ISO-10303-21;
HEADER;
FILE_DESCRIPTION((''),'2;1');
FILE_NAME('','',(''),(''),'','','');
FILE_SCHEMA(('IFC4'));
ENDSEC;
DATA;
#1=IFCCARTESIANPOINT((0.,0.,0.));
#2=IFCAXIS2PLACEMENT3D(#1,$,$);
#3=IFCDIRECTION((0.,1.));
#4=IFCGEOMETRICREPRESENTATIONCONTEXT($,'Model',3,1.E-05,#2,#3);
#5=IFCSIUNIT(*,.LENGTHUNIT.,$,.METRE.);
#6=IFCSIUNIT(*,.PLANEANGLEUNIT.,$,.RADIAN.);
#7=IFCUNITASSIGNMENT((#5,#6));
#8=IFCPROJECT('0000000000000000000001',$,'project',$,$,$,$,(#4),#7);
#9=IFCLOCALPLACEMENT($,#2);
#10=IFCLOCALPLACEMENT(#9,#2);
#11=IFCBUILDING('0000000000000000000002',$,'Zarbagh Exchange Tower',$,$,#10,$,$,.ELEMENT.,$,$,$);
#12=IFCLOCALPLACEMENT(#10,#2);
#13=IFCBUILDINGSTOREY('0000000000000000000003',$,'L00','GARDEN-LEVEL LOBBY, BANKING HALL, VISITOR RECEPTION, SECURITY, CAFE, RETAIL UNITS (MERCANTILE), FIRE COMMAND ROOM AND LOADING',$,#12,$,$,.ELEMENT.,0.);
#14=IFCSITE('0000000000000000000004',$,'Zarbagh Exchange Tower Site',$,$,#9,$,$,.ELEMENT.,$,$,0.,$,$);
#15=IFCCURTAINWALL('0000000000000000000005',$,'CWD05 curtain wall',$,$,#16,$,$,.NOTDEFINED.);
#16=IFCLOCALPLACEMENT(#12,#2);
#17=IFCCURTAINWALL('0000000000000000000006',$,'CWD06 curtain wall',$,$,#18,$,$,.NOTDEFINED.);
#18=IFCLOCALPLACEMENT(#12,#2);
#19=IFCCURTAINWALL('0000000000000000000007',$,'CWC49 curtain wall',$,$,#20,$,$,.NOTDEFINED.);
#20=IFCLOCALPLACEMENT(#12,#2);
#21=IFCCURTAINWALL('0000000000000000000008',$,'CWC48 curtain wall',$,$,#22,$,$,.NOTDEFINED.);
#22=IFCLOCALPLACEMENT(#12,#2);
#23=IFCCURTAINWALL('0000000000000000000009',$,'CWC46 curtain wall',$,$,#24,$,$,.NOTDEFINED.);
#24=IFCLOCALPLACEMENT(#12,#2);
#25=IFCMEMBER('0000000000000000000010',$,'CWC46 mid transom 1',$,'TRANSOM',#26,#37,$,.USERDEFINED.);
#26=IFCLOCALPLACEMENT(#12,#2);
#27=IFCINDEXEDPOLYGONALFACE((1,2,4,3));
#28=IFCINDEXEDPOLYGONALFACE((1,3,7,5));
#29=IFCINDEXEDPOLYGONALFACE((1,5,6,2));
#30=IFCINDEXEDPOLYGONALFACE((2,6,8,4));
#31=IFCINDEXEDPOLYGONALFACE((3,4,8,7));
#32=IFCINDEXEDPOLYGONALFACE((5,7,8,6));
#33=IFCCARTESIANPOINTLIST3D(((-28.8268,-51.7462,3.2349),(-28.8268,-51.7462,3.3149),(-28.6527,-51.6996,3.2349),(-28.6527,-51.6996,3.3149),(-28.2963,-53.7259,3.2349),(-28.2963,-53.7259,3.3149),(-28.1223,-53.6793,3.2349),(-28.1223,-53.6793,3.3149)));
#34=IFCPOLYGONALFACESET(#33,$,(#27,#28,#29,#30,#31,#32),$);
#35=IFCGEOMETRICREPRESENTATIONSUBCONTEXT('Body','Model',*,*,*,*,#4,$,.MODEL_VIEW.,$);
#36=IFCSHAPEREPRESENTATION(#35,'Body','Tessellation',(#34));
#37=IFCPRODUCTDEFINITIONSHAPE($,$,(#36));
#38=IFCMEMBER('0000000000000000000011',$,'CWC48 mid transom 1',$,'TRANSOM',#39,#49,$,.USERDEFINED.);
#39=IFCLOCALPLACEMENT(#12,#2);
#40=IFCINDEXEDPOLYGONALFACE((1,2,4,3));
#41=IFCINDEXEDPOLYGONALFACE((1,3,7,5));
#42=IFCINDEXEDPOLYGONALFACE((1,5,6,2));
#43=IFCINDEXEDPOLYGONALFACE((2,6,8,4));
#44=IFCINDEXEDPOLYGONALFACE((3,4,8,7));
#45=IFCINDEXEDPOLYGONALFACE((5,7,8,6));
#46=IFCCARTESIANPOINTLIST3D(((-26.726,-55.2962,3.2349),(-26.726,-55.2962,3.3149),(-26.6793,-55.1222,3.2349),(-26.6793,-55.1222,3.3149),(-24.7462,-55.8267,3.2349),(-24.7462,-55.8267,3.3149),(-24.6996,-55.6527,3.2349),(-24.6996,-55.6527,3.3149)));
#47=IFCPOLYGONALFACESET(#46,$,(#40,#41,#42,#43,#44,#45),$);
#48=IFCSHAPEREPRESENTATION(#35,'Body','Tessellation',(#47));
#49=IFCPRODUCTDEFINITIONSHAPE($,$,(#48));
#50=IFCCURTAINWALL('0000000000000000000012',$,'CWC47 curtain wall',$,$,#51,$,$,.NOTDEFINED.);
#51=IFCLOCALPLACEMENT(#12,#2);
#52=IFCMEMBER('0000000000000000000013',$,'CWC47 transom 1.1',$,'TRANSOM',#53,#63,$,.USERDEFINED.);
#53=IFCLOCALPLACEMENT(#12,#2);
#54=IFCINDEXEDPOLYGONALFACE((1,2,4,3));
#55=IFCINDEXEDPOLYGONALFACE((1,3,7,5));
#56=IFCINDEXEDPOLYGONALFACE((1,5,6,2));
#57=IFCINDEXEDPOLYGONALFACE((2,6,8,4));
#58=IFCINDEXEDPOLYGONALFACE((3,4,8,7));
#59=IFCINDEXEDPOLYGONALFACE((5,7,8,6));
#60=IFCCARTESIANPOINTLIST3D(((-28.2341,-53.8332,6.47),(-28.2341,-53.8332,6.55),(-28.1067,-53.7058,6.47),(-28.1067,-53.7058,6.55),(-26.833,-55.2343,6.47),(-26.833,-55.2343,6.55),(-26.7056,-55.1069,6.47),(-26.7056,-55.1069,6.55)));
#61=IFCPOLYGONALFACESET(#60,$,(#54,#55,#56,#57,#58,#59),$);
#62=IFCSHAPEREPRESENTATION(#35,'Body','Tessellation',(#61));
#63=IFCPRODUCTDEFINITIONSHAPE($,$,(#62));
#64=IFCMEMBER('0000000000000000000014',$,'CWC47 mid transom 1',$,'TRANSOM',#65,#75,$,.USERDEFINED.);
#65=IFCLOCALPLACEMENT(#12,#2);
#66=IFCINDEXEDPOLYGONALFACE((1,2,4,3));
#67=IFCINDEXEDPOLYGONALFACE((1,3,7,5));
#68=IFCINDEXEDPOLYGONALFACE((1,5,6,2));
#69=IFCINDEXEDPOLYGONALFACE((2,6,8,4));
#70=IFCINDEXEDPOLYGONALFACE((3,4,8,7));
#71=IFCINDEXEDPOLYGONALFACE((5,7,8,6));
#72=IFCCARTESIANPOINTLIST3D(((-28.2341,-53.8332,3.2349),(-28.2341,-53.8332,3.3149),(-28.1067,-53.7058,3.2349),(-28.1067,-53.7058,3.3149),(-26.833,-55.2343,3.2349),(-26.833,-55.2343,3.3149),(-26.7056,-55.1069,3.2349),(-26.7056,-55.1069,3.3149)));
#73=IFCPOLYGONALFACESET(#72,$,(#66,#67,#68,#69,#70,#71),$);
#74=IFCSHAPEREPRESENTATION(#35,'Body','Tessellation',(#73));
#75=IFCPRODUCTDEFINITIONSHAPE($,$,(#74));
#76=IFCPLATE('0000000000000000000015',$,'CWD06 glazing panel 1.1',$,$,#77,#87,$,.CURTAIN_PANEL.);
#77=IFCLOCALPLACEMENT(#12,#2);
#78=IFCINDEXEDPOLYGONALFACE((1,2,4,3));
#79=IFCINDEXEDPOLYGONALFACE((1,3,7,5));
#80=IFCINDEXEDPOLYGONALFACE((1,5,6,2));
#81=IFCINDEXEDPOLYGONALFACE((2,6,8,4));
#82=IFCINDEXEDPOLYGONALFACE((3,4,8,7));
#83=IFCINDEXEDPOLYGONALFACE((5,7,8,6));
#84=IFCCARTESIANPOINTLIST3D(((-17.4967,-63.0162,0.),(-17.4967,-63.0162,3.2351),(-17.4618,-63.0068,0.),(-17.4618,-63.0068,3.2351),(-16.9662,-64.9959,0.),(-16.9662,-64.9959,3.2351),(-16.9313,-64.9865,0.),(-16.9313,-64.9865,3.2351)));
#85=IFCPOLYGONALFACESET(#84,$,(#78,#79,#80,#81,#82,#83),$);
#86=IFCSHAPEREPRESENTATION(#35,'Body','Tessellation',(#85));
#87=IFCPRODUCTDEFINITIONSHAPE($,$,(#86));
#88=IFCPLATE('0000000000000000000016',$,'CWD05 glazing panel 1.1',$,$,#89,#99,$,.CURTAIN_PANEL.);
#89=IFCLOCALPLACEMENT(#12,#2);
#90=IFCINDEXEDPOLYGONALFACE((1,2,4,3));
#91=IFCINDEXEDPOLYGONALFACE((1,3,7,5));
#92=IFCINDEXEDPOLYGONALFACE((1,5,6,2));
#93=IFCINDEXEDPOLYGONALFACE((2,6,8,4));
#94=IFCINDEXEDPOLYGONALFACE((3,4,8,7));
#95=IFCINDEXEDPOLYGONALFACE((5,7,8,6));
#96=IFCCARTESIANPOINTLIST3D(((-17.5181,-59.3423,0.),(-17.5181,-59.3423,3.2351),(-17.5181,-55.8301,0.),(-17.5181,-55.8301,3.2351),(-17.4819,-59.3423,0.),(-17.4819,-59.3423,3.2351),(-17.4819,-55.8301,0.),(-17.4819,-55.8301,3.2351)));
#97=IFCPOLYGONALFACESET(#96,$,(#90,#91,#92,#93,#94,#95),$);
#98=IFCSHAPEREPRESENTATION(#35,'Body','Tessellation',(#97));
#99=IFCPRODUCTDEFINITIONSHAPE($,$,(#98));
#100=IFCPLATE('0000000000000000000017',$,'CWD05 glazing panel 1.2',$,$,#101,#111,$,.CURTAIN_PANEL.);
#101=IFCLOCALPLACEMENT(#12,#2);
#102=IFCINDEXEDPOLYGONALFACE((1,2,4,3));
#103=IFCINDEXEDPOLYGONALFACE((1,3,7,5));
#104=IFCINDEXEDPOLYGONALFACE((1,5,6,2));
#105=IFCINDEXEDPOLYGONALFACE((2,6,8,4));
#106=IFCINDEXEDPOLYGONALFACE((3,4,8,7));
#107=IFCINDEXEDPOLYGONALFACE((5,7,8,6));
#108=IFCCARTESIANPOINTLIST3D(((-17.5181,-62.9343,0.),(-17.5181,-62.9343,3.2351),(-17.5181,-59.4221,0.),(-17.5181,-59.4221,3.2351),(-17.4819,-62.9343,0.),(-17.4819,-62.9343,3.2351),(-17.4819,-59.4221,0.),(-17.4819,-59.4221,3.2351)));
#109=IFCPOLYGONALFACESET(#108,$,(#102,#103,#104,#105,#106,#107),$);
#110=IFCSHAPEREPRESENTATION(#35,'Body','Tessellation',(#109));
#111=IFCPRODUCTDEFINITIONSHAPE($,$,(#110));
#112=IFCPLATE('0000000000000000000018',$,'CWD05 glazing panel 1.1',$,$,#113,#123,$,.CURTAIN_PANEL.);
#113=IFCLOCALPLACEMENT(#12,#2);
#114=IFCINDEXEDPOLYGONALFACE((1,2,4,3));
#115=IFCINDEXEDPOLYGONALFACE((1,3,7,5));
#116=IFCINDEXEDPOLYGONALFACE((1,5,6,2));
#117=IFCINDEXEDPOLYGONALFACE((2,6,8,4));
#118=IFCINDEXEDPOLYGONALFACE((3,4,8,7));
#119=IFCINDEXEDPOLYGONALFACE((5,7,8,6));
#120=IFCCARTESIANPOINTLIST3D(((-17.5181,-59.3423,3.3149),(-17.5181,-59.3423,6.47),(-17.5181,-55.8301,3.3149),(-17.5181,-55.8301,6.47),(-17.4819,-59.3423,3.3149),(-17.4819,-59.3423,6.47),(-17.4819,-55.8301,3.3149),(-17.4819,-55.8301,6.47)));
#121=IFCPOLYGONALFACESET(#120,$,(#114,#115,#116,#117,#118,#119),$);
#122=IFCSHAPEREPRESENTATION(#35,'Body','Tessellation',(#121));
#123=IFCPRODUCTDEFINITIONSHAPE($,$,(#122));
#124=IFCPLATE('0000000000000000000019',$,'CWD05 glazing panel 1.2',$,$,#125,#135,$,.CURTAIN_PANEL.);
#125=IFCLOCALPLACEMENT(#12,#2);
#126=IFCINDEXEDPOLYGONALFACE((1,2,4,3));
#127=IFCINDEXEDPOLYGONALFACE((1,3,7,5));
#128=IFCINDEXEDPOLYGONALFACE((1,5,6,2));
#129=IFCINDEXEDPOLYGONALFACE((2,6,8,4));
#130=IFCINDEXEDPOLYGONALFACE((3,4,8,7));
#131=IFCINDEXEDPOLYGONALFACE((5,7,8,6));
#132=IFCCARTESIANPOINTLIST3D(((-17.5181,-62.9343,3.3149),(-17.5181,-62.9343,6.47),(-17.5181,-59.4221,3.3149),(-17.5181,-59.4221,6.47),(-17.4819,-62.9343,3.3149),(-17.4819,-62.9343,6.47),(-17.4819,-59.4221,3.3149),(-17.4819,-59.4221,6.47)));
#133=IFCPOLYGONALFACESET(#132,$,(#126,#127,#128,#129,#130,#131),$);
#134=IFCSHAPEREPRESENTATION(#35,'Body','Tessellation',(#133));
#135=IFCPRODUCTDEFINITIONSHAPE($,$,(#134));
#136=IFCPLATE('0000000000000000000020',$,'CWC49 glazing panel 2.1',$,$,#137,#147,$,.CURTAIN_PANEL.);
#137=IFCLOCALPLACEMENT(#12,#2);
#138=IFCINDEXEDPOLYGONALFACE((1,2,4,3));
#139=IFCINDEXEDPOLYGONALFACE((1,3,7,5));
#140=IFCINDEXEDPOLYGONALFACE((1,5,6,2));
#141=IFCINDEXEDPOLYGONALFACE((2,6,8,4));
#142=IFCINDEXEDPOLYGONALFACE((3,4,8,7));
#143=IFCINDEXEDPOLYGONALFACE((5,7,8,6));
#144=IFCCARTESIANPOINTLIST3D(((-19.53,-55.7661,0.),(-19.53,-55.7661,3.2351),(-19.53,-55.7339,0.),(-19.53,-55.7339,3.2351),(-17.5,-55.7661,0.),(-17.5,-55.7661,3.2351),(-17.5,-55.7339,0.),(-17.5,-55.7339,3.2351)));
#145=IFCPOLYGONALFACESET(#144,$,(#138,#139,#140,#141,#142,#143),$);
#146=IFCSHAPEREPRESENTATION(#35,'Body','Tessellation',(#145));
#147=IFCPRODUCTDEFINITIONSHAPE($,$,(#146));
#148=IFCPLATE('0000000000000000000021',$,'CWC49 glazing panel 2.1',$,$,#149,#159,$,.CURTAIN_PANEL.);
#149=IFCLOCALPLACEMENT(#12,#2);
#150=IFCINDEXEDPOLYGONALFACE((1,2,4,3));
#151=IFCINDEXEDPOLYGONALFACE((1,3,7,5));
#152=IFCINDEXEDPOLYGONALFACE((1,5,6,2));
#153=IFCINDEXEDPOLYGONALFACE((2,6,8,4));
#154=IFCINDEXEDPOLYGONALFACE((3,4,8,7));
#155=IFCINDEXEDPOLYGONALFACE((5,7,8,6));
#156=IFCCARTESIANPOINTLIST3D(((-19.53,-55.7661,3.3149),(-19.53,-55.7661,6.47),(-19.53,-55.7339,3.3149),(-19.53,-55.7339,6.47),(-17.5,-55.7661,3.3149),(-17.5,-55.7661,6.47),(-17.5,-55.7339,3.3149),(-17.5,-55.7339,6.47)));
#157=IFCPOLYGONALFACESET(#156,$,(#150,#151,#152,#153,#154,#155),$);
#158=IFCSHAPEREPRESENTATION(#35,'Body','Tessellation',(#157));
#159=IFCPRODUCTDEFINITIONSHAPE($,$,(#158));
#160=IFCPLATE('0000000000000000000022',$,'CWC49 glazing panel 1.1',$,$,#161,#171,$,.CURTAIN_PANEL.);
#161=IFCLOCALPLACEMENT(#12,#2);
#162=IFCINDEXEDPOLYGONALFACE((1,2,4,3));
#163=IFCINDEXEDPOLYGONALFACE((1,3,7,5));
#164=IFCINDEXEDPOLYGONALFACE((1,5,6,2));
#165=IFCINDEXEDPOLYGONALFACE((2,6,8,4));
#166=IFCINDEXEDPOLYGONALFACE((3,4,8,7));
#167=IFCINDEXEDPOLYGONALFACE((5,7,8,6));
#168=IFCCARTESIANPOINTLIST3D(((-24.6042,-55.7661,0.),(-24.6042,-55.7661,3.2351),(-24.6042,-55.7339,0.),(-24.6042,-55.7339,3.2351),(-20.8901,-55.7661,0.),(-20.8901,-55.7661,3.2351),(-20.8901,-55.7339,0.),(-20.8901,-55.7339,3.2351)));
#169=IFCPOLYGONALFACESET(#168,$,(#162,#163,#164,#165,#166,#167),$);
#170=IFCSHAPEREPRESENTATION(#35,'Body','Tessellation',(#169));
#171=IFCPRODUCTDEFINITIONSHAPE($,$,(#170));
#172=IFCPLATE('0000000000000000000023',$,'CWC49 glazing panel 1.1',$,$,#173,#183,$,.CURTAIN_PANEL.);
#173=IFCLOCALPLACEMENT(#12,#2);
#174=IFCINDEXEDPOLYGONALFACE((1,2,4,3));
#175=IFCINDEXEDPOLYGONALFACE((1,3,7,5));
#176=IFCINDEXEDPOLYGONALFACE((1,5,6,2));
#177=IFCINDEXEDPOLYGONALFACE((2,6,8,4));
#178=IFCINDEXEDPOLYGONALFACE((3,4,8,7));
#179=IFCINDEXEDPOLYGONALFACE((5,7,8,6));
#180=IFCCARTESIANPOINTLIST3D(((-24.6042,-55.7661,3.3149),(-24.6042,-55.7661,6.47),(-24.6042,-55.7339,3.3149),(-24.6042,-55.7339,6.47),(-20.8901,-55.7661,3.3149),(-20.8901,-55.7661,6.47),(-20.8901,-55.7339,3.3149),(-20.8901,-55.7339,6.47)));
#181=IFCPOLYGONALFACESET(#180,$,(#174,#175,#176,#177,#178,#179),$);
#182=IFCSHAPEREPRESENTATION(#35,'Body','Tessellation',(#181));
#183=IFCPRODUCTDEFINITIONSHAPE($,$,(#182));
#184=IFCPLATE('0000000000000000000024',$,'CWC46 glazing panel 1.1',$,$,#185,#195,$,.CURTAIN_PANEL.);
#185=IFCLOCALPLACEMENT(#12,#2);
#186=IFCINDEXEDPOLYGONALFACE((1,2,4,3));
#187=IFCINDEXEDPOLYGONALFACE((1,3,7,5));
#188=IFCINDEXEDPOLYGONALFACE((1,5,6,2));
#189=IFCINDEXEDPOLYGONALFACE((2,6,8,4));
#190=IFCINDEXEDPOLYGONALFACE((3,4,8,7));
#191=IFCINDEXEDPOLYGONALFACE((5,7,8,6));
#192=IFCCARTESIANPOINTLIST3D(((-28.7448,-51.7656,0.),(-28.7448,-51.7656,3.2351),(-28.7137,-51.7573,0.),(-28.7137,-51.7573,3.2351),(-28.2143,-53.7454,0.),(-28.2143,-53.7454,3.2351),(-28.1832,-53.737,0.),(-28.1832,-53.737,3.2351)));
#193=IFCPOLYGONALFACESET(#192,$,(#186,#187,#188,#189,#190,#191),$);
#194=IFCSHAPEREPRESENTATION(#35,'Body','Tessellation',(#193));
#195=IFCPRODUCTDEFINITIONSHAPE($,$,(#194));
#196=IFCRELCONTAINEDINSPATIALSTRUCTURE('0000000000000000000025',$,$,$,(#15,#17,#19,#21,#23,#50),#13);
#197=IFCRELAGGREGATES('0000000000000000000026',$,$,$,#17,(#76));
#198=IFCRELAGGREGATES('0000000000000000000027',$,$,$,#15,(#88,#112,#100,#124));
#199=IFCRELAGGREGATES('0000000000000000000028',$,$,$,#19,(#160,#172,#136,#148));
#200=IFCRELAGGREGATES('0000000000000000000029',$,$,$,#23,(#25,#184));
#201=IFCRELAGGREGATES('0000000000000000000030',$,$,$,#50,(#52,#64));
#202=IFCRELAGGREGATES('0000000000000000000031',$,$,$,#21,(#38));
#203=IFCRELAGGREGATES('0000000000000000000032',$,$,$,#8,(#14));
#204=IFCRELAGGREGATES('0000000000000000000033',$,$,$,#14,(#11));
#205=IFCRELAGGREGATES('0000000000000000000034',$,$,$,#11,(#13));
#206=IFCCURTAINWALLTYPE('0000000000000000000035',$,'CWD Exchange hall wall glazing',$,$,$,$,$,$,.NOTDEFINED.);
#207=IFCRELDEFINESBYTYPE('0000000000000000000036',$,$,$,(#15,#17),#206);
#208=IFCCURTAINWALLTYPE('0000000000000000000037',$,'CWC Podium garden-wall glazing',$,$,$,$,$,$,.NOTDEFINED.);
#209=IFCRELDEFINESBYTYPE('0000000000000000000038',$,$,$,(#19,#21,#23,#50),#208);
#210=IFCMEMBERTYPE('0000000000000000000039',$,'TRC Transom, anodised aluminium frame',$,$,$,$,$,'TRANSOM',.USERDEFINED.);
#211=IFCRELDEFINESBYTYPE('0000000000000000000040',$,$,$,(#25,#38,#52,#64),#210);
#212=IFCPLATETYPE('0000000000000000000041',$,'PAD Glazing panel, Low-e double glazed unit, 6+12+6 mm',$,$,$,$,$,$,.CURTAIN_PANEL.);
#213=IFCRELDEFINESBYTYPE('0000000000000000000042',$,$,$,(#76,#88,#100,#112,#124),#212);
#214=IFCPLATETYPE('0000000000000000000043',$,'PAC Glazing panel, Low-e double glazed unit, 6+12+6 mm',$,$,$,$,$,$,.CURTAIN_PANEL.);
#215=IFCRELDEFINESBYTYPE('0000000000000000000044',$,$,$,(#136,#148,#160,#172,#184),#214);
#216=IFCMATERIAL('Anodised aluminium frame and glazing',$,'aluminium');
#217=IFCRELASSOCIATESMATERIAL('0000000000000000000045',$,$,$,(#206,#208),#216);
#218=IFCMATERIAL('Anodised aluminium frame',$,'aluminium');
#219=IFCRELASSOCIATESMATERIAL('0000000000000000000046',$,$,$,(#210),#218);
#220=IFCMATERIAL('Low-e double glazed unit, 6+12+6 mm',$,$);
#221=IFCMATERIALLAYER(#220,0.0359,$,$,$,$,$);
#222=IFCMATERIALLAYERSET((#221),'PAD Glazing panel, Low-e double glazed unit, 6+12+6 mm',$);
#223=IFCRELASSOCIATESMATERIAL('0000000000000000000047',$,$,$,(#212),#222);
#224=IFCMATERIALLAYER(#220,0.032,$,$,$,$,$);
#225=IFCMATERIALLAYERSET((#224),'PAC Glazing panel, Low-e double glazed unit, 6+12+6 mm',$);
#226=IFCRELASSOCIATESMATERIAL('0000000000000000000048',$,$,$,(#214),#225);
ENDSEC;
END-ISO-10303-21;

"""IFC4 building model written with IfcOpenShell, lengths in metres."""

from ifc_helpers import new_model, si_unit, direction, origin, place, context, subcontext, project, spatial, polyline, outline, extrude, source, transform, mapped, material, layer, layer_set, type_object, element, aggregate, save


model = new_model("IFC4")

# Units and contexts
model_context = context("Model", 3, precision=1e-05, world=origin(), true_north=direction((0.0, 1.0)))
body_context = subcontext(model_context, "Body", "Model", "MODEL_VIEW")
ifc_project = project(units=[si_unit("LENGTHUNIT", "METRE"), si_unit("PLANEANGLEUNIT", "RADIAN")], contexts=[model_context])

# Site, building, storey
site_placement = place(None, origin())
site = spatial("IfcSite", under=ifc_project, at=site_placement, Name="Zarbagh Exchange Tower Site", CompositionType="ELEMENT", RefElevation=0.0)
building_placement = place(site_placement, origin())
building = spatial("IfcBuilding", under=site, at=building_placement, Name="Zarbagh Exchange Tower", CompositionType="ELEMENT")
storey_placement = place(building_placement, origin())
storey = spatial("IfcBuildingStorey", under=building, at=storey_placement, Name="L00", Description="GARDEN-LEVEL LOBBY, BANKING HALL, VISITOR RECEPTION, SECURITY, CAFE, RETAIL UNITS (MERCANTILE), FIRE COMMAND ROOM AND LOADING", CompositionType="ELEMENT", Elevation=0.0)

# Curtain walls
ifc_material_1 = material(Name="Anodised aluminium frame and glazing", Category="aluminium")
curtain_wall_type_1 = type_object("IfcCurtainWallType", Name="CWD Exchange hall wall glazing", PredefinedType="NOTDEFINED", material=ifc_material_1)
curtain_wall_1_placement = place(storey_placement, origin())
curtain_wall_1 = element("IfcCurtainWall", 1, at=curtain_wall_1_placement, inside=storey, type_object=curtain_wall_type_1, Name="CWD05 curtain wall", PredefinedType="NOTDEFINED")
ifc_material_2 = material(Name="Anodised aluminium frame", Category="aluminium")
placement = place(storey_placement, origin())
curtain_wall_2_placement = place(storey_placement, origin())
curtain_wall_2 = element("IfcCurtainWall", 2, at=curtain_wall_2_placement, inside=storey, type_object=curtain_wall_type_1, Name="CWD06 curtain wall", PredefinedType="NOTDEFINED")

# Curtain wall
curtain_wall_type_2 = type_object("IfcCurtainWallType", Name="CWC Podium garden-wall glazing", PredefinedType="NOTDEFINED", material=ifc_material_1)
curtain_wall_3_placement = place(storey_placement, origin())
curtain_wall_3 = element("IfcCurtainWall", 3, at=curtain_wall_3_placement, inside=storey, type_object=curtain_wall_type_2, Name="CWC49 curtain wall", PredefinedType="NOTDEFINED")
member_type_1 = type_object("IfcMemberType", Name="TRC Transom, anodised aluminium frame", ElementType="TRANSOM", PredefinedType="USERDEFINED", material=ifc_material_2)

# Curtain walls, member
curtain_wall_4_placement = place(storey_placement, origin())
curtain_wall_4 = element("IfcCurtainWall", 4, at=curtain_wall_4_placement, inside=storey, type_object=curtain_wall_type_2, Name="CWC48 curtain wall", PredefinedType="NOTDEFINED")
curtain_wall_5_placement = place(storey_placement, origin())
curtain_wall_5 = element("IfcCurtainWall", 5, at=curtain_wall_5_placement, inside=storey, type_object=curtain_wall_type_2, Name="CWC46 curtain wall", PredefinedType="NOTDEFINED")
shared_shape_1 = source(origin(), body_context, "Body", "SweptSolid", [
    extrude(outline(polyline([(-0.04, -0.0901), (0.04, -0.0901), (0.04, 0.0901), (-0.04, 0.0901), (-0.04, -0.0901)])), origin(), (0.0, 0.0, 1.0), 2.0496),
])
member_1 = element("IfcMember", 6, at=placement, type_object=member_type_1, Name="CWC46 mid transom 1", ObjectType="TRANSOM", PredefinedType="USERDEFINED", context=body_context, shape_type="MappedRepresentation", body=[
    mapped(shared_shape_1, transform((-28.7397, -51.7229, 3.2749), x_axis=(0.0, 0.0, 1.0), y_axis=(-0.965924, -0.258825, 0.0), z_axis=(0.258825, -0.965924, 0.0))),
])

# Member
member_2 = element("IfcMember", 7, at=placement, type_object=member_type_1, Name="CWC48 mid transom 1", ObjectType="TRANSOM", PredefinedType="USERDEFINED", context=body_context, shape_type="MappedRepresentation", body=[
    mapped(shared_shape_1, transform((-26.7026, -55.2092, 3.2749), x_axis=(0.0, 0.0, 1.0), y_axis=(-0.258825, -0.965924, 0.0), z_axis=(0.965924, -0.258825, 0.0))),
])

# Curtain wall, members
curtain_wall_6_placement = place(storey_placement, origin())
curtain_wall_6 = element("IfcCurtainWall", 8, at=curtain_wall_6_placement, inside=storey, type_object=curtain_wall_type_2, Name="CWC47 curtain wall", PredefinedType="NOTDEFINED")
shared_shape_2 = source(origin(), body_context, "Body", "SweptSolid", [
    extrude(outline(polyline([(-0.0801, -0.0901), (0.0, -0.0901), (0.0, 0.0901), (-0.0801, 0.0901), (-0.0801, -0.0901)])), origin(), (0.0, 0.0, 1.0), 1.9814),
])
member_3 = element("IfcMember", 9, at=placement, type_object=member_type_1, Name="CWC47 transom 1.1", ObjectType="TRANSOM", PredefinedType="USERDEFINED", context=body_context, shape_type="MappedRepresentation", body=[
    mapped(shared_shape_2, transform((-28.1704, -53.7695, 6.55), x_axis=(0.0, 0.0, 1.0), y_axis=(-0.707107, -0.707107, 0.0), z_axis=(0.707107, -0.707107, 0.0))),
])
shared_shape_3 = source(origin(), body_context, "Body", "SweptSolid", [
    extrude(outline(polyline([(-0.04, -0.0901), (0.04, -0.0901), (0.04, 0.0901), (-0.04, 0.0901), (-0.04, -0.0901)])), origin(), (0.0, 0.0, 1.0), 1.9814),
])
member_4 = element("IfcMember", 10, at=placement, type_object=member_type_1, Name="CWC47 mid transom 1", ObjectType="TRANSOM", PredefinedType="USERDEFINED", context=body_context, shape_type="MappedRepresentation", body=[
    mapped(shared_shape_3, transform((-28.1704, -53.7695, 3.2749), x_axis=(0.0, 0.0, 1.0), y_axis=(-0.707107, -0.707107, 0.0), z_axis=(0.707107, -0.707107, 0.0))),
])

# Plates
ifc_material_3 = material(Name="Low-e double glazed unit, 6+12+6 mm")
ifc_layer_1 = layer(ifc_material_3, 0.0359)
ifc_layer_set_1 = layer_set([ifc_layer_1], Name="PAD Glazing panel, Low-e double glazed unit, 6+12+6 mm")
plate_type_1 = type_object("IfcPlateType", Name="PAD Glazing panel, Low-e double glazed unit, 6+12+6 mm", PredefinedType="CURTAIN_PANEL", material=ifc_layer_set_1)
shared_shape_4 = source(origin(), body_context, "Body", "SweptSolid", [
    extrude(outline(polyline([(0.0, -0.0181), (2.0496, -0.0181), (2.0496, 0.0181), (0.0, 0.0181), (0.0, -0.0181)])), origin(), (0.0, 0.0, 1.0), 3.2351),
])
plate_1 = element("IfcPlate", 11, at=placement, type_object=plate_type_1, Name="CWD06 glazing panel 1.1", PredefinedType="CURTAIN_PANEL", context=body_context, shape_type="MappedRepresentation", body=[
    mapped(shared_shape_4, transform((-17.4792, -63.0115, 0.0), x_axis=(0.258825, -0.965924, 0.0), y_axis=(0.965924, 0.258825, 0.0), z_axis=(0.0, 0.0, 1.0))),
])
aggregate(curtain_wall_2, [plate_1])
shared_shape_5 = source(origin(), body_context, "Body", "SweptSolid", [
    extrude(outline(polyline([(0.0, -0.0181), (3.5122, -0.0181), (3.5122, 0.0181), (0.0, 0.0181), (0.0, -0.0181)])), origin(), (0.0, 0.0, 1.0), 3.2351),
])
plate_2 = element("IfcPlate", 12, at=placement, type_object=plate_type_1, Name="CWD05 glazing panel 1.1", PredefinedType="CURTAIN_PANEL", context=body_context, shape_type="MappedRepresentation", body=[
    mapped(shared_shape_5, transform((-17.5, -55.8301, 0.0), x_axis=(0.0, -1.0, 0.0), y_axis=(1.0, 0.0, 0.0), z_axis=(0.0, 0.0, 1.0))),
])
plate_3 = element("IfcPlate", 13, at=placement, type_object=plate_type_1, Name="CWD05 glazing panel 1.2", PredefinedType="CURTAIN_PANEL", context=body_context, shape_type="MappedRepresentation", body=[
    mapped(shared_shape_5, transform((-17.5, -59.4221, 0.0), x_axis=(0.0, -1.0, 0.0), y_axis=(1.0, 0.0, 0.0), z_axis=(0.0, 0.0, 1.0))),
])
shared_shape_6 = source(origin(), body_context, "Body", "SweptSolid", [
    extrude(outline(polyline([(0.0, -0.0181), (3.5122, -0.0181), (3.5122, 0.0181), (0.0, 0.0181), (0.0, -0.0181)])), origin(), (0.0, 0.0, 1.0), 3.155),
])
plate_4 = element("IfcPlate", 14, at=placement, type_object=plate_type_1, Name="CWD05 glazing panel 1.1", PredefinedType="CURTAIN_PANEL", context=body_context, shape_type="MappedRepresentation", body=[
    mapped(shared_shape_6, transform((-17.5, -55.8301, 3.3149), x_axis=(0.0, -1.0, 0.0), y_axis=(1.0, 0.0, 0.0), z_axis=(0.0, 0.0, 1.0))),
])
plate_5 = element("IfcPlate", 15, at=placement, type_object=plate_type_1, Name="CWD05 glazing panel 1.2", PredefinedType="CURTAIN_PANEL", context=body_context, shape_type="MappedRepresentation", body=[
    mapped(shared_shape_6, transform((-17.5, -59.4221, 3.3149), x_axis=(0.0, -1.0, 0.0), y_axis=(1.0, 0.0, 0.0), z_axis=(0.0, 0.0, 1.0))),
])
aggregate(curtain_wall_1, [plate_2, plate_4, plate_3, plate_5])
ifc_layer_2 = layer(ifc_material_3, 0.032)
ifc_layer_set_2 = layer_set([ifc_layer_2], Name="PAC Glazing panel, Low-e double glazed unit, 6+12+6 mm")
plate_type_2 = type_object("IfcPlateType", Name="PAC Glazing panel, Low-e double glazed unit, 6+12+6 mm", PredefinedType="CURTAIN_PANEL", material=ifc_layer_set_2)
shared_shape_7 = source(origin(), body_context, "Body", "SweptSolid", [
    extrude(outline(polyline([(0.0, -0.0161), (2.03, -0.0161), (2.03, 0.0161), (0.0, 0.0161), (0.0, -0.0161)])), origin(), (0.0, 0.0, 1.0), 3.2351),
])
plate_6 = element("IfcPlate", 16, at=placement, type_object=plate_type_2, Name="CWC49 glazing panel 2.1", PredefinedType="CURTAIN_PANEL", context=body_context, shape_type="MappedRepresentation", body=[
    mapped(shared_shape_7, transform((-19.53, -55.75, 0.0), x_axis=(1.0, 0.0, 0.0), y_axis=(0.0, 1.0, 0.0), z_axis=(0.0, 0.0, 1.0))),
])
shared_shape_8 = source(origin(), body_context, "Body", "SweptSolid", [
    extrude(outline(polyline([(0.0, -0.0161), (2.03, -0.0161), (2.03, 0.0161), (0.0, 0.0161), (0.0, -0.0161)])), origin(), (0.0, 0.0, 1.0), 3.155),
])
plate_7 = element("IfcPlate", 17, at=placement, type_object=plate_type_2, Name="CWC49 glazing panel 2.1", PredefinedType="CURTAIN_PANEL", context=body_context, shape_type="MappedRepresentation", body=[
    mapped(shared_shape_8, transform((-19.53, -55.75, 3.3149), x_axis=(1.0, 0.0, 0.0), y_axis=(0.0, 1.0, 0.0), z_axis=(0.0, 0.0, 1.0))),
])
shared_shape_9 = source(origin(), body_context, "Body", "SweptSolid", [
    extrude(outline(polyline([(0.0, -0.0161), (3.7141, -0.0161), (3.7141, 0.0161), (0.0, 0.0161), (0.0, -0.0161)])), origin(), (0.0, 0.0, 1.0), 3.2351),
])
plate_8 = element("IfcPlate", 18, at=placement, type_object=plate_type_2, Name="CWC49 glazing panel 1.1", PredefinedType="CURTAIN_PANEL", context=body_context, shape_type="MappedRepresentation", body=[
    mapped(shared_shape_9, transform((-24.6042, -55.75, 0.0), x_axis=(1.0, 0.0, 0.0), y_axis=(0.0, 1.0, 0.0), z_axis=(0.0, 0.0, 1.0))),
])
shared_shape_10 = source(origin(), body_context, "Body", "SweptSolid", [
    extrude(outline(polyline([(0.0, -0.0161), (3.7141, -0.0161), (3.7141, 0.0161), (0.0, 0.0161), (0.0, -0.0161)])), origin(), (0.0, 0.0, 1.0), 3.155),
])
plate_9 = element("IfcPlate", 19, at=placement, type_object=plate_type_2, Name="CWC49 glazing panel 1.1", PredefinedType="CURTAIN_PANEL", context=body_context, shape_type="MappedRepresentation", body=[
    mapped(shared_shape_10, transform((-24.6042, -55.75, 3.3149), x_axis=(1.0, 0.0, 0.0), y_axis=(0.0, 1.0, 0.0), z_axis=(0.0, 0.0, 1.0))),
])
aggregate(curtain_wall_3, [plate_8, plate_9, plate_6, plate_7])
shared_shape_11 = source(origin(), body_context, "Body", "SweptSolid", [
    extrude(outline(polyline([(0.0, -0.0161), (2.0496, -0.0161), (2.0496, 0.0161), (0.0, 0.0161), (0.0, -0.0161)])), origin(), (0.0, 0.0, 1.0), 3.2351),
])
plate_10 = element("IfcPlate", 20, at=placement, type_object=plate_type_2, Name="CWC46 glazing panel 1.1", PredefinedType="CURTAIN_PANEL", context=body_context, shape_type="MappedRepresentation", body=[
    mapped(shared_shape_11, transform((-28.7292, -51.7615, 0.0), x_axis=(0.258825, -0.965924, 0.0), y_axis=(0.965924, 0.258825, 0.0), z_axis=(0.0, 0.0, 1.0))),
])
aggregate(curtain_wall_5, [member_1, plate_10])
aggregate(curtain_wall_6, [member_3, member_4])
aggregate(curtain_wall_4, [member_2])

save(model, "model.ifc")
